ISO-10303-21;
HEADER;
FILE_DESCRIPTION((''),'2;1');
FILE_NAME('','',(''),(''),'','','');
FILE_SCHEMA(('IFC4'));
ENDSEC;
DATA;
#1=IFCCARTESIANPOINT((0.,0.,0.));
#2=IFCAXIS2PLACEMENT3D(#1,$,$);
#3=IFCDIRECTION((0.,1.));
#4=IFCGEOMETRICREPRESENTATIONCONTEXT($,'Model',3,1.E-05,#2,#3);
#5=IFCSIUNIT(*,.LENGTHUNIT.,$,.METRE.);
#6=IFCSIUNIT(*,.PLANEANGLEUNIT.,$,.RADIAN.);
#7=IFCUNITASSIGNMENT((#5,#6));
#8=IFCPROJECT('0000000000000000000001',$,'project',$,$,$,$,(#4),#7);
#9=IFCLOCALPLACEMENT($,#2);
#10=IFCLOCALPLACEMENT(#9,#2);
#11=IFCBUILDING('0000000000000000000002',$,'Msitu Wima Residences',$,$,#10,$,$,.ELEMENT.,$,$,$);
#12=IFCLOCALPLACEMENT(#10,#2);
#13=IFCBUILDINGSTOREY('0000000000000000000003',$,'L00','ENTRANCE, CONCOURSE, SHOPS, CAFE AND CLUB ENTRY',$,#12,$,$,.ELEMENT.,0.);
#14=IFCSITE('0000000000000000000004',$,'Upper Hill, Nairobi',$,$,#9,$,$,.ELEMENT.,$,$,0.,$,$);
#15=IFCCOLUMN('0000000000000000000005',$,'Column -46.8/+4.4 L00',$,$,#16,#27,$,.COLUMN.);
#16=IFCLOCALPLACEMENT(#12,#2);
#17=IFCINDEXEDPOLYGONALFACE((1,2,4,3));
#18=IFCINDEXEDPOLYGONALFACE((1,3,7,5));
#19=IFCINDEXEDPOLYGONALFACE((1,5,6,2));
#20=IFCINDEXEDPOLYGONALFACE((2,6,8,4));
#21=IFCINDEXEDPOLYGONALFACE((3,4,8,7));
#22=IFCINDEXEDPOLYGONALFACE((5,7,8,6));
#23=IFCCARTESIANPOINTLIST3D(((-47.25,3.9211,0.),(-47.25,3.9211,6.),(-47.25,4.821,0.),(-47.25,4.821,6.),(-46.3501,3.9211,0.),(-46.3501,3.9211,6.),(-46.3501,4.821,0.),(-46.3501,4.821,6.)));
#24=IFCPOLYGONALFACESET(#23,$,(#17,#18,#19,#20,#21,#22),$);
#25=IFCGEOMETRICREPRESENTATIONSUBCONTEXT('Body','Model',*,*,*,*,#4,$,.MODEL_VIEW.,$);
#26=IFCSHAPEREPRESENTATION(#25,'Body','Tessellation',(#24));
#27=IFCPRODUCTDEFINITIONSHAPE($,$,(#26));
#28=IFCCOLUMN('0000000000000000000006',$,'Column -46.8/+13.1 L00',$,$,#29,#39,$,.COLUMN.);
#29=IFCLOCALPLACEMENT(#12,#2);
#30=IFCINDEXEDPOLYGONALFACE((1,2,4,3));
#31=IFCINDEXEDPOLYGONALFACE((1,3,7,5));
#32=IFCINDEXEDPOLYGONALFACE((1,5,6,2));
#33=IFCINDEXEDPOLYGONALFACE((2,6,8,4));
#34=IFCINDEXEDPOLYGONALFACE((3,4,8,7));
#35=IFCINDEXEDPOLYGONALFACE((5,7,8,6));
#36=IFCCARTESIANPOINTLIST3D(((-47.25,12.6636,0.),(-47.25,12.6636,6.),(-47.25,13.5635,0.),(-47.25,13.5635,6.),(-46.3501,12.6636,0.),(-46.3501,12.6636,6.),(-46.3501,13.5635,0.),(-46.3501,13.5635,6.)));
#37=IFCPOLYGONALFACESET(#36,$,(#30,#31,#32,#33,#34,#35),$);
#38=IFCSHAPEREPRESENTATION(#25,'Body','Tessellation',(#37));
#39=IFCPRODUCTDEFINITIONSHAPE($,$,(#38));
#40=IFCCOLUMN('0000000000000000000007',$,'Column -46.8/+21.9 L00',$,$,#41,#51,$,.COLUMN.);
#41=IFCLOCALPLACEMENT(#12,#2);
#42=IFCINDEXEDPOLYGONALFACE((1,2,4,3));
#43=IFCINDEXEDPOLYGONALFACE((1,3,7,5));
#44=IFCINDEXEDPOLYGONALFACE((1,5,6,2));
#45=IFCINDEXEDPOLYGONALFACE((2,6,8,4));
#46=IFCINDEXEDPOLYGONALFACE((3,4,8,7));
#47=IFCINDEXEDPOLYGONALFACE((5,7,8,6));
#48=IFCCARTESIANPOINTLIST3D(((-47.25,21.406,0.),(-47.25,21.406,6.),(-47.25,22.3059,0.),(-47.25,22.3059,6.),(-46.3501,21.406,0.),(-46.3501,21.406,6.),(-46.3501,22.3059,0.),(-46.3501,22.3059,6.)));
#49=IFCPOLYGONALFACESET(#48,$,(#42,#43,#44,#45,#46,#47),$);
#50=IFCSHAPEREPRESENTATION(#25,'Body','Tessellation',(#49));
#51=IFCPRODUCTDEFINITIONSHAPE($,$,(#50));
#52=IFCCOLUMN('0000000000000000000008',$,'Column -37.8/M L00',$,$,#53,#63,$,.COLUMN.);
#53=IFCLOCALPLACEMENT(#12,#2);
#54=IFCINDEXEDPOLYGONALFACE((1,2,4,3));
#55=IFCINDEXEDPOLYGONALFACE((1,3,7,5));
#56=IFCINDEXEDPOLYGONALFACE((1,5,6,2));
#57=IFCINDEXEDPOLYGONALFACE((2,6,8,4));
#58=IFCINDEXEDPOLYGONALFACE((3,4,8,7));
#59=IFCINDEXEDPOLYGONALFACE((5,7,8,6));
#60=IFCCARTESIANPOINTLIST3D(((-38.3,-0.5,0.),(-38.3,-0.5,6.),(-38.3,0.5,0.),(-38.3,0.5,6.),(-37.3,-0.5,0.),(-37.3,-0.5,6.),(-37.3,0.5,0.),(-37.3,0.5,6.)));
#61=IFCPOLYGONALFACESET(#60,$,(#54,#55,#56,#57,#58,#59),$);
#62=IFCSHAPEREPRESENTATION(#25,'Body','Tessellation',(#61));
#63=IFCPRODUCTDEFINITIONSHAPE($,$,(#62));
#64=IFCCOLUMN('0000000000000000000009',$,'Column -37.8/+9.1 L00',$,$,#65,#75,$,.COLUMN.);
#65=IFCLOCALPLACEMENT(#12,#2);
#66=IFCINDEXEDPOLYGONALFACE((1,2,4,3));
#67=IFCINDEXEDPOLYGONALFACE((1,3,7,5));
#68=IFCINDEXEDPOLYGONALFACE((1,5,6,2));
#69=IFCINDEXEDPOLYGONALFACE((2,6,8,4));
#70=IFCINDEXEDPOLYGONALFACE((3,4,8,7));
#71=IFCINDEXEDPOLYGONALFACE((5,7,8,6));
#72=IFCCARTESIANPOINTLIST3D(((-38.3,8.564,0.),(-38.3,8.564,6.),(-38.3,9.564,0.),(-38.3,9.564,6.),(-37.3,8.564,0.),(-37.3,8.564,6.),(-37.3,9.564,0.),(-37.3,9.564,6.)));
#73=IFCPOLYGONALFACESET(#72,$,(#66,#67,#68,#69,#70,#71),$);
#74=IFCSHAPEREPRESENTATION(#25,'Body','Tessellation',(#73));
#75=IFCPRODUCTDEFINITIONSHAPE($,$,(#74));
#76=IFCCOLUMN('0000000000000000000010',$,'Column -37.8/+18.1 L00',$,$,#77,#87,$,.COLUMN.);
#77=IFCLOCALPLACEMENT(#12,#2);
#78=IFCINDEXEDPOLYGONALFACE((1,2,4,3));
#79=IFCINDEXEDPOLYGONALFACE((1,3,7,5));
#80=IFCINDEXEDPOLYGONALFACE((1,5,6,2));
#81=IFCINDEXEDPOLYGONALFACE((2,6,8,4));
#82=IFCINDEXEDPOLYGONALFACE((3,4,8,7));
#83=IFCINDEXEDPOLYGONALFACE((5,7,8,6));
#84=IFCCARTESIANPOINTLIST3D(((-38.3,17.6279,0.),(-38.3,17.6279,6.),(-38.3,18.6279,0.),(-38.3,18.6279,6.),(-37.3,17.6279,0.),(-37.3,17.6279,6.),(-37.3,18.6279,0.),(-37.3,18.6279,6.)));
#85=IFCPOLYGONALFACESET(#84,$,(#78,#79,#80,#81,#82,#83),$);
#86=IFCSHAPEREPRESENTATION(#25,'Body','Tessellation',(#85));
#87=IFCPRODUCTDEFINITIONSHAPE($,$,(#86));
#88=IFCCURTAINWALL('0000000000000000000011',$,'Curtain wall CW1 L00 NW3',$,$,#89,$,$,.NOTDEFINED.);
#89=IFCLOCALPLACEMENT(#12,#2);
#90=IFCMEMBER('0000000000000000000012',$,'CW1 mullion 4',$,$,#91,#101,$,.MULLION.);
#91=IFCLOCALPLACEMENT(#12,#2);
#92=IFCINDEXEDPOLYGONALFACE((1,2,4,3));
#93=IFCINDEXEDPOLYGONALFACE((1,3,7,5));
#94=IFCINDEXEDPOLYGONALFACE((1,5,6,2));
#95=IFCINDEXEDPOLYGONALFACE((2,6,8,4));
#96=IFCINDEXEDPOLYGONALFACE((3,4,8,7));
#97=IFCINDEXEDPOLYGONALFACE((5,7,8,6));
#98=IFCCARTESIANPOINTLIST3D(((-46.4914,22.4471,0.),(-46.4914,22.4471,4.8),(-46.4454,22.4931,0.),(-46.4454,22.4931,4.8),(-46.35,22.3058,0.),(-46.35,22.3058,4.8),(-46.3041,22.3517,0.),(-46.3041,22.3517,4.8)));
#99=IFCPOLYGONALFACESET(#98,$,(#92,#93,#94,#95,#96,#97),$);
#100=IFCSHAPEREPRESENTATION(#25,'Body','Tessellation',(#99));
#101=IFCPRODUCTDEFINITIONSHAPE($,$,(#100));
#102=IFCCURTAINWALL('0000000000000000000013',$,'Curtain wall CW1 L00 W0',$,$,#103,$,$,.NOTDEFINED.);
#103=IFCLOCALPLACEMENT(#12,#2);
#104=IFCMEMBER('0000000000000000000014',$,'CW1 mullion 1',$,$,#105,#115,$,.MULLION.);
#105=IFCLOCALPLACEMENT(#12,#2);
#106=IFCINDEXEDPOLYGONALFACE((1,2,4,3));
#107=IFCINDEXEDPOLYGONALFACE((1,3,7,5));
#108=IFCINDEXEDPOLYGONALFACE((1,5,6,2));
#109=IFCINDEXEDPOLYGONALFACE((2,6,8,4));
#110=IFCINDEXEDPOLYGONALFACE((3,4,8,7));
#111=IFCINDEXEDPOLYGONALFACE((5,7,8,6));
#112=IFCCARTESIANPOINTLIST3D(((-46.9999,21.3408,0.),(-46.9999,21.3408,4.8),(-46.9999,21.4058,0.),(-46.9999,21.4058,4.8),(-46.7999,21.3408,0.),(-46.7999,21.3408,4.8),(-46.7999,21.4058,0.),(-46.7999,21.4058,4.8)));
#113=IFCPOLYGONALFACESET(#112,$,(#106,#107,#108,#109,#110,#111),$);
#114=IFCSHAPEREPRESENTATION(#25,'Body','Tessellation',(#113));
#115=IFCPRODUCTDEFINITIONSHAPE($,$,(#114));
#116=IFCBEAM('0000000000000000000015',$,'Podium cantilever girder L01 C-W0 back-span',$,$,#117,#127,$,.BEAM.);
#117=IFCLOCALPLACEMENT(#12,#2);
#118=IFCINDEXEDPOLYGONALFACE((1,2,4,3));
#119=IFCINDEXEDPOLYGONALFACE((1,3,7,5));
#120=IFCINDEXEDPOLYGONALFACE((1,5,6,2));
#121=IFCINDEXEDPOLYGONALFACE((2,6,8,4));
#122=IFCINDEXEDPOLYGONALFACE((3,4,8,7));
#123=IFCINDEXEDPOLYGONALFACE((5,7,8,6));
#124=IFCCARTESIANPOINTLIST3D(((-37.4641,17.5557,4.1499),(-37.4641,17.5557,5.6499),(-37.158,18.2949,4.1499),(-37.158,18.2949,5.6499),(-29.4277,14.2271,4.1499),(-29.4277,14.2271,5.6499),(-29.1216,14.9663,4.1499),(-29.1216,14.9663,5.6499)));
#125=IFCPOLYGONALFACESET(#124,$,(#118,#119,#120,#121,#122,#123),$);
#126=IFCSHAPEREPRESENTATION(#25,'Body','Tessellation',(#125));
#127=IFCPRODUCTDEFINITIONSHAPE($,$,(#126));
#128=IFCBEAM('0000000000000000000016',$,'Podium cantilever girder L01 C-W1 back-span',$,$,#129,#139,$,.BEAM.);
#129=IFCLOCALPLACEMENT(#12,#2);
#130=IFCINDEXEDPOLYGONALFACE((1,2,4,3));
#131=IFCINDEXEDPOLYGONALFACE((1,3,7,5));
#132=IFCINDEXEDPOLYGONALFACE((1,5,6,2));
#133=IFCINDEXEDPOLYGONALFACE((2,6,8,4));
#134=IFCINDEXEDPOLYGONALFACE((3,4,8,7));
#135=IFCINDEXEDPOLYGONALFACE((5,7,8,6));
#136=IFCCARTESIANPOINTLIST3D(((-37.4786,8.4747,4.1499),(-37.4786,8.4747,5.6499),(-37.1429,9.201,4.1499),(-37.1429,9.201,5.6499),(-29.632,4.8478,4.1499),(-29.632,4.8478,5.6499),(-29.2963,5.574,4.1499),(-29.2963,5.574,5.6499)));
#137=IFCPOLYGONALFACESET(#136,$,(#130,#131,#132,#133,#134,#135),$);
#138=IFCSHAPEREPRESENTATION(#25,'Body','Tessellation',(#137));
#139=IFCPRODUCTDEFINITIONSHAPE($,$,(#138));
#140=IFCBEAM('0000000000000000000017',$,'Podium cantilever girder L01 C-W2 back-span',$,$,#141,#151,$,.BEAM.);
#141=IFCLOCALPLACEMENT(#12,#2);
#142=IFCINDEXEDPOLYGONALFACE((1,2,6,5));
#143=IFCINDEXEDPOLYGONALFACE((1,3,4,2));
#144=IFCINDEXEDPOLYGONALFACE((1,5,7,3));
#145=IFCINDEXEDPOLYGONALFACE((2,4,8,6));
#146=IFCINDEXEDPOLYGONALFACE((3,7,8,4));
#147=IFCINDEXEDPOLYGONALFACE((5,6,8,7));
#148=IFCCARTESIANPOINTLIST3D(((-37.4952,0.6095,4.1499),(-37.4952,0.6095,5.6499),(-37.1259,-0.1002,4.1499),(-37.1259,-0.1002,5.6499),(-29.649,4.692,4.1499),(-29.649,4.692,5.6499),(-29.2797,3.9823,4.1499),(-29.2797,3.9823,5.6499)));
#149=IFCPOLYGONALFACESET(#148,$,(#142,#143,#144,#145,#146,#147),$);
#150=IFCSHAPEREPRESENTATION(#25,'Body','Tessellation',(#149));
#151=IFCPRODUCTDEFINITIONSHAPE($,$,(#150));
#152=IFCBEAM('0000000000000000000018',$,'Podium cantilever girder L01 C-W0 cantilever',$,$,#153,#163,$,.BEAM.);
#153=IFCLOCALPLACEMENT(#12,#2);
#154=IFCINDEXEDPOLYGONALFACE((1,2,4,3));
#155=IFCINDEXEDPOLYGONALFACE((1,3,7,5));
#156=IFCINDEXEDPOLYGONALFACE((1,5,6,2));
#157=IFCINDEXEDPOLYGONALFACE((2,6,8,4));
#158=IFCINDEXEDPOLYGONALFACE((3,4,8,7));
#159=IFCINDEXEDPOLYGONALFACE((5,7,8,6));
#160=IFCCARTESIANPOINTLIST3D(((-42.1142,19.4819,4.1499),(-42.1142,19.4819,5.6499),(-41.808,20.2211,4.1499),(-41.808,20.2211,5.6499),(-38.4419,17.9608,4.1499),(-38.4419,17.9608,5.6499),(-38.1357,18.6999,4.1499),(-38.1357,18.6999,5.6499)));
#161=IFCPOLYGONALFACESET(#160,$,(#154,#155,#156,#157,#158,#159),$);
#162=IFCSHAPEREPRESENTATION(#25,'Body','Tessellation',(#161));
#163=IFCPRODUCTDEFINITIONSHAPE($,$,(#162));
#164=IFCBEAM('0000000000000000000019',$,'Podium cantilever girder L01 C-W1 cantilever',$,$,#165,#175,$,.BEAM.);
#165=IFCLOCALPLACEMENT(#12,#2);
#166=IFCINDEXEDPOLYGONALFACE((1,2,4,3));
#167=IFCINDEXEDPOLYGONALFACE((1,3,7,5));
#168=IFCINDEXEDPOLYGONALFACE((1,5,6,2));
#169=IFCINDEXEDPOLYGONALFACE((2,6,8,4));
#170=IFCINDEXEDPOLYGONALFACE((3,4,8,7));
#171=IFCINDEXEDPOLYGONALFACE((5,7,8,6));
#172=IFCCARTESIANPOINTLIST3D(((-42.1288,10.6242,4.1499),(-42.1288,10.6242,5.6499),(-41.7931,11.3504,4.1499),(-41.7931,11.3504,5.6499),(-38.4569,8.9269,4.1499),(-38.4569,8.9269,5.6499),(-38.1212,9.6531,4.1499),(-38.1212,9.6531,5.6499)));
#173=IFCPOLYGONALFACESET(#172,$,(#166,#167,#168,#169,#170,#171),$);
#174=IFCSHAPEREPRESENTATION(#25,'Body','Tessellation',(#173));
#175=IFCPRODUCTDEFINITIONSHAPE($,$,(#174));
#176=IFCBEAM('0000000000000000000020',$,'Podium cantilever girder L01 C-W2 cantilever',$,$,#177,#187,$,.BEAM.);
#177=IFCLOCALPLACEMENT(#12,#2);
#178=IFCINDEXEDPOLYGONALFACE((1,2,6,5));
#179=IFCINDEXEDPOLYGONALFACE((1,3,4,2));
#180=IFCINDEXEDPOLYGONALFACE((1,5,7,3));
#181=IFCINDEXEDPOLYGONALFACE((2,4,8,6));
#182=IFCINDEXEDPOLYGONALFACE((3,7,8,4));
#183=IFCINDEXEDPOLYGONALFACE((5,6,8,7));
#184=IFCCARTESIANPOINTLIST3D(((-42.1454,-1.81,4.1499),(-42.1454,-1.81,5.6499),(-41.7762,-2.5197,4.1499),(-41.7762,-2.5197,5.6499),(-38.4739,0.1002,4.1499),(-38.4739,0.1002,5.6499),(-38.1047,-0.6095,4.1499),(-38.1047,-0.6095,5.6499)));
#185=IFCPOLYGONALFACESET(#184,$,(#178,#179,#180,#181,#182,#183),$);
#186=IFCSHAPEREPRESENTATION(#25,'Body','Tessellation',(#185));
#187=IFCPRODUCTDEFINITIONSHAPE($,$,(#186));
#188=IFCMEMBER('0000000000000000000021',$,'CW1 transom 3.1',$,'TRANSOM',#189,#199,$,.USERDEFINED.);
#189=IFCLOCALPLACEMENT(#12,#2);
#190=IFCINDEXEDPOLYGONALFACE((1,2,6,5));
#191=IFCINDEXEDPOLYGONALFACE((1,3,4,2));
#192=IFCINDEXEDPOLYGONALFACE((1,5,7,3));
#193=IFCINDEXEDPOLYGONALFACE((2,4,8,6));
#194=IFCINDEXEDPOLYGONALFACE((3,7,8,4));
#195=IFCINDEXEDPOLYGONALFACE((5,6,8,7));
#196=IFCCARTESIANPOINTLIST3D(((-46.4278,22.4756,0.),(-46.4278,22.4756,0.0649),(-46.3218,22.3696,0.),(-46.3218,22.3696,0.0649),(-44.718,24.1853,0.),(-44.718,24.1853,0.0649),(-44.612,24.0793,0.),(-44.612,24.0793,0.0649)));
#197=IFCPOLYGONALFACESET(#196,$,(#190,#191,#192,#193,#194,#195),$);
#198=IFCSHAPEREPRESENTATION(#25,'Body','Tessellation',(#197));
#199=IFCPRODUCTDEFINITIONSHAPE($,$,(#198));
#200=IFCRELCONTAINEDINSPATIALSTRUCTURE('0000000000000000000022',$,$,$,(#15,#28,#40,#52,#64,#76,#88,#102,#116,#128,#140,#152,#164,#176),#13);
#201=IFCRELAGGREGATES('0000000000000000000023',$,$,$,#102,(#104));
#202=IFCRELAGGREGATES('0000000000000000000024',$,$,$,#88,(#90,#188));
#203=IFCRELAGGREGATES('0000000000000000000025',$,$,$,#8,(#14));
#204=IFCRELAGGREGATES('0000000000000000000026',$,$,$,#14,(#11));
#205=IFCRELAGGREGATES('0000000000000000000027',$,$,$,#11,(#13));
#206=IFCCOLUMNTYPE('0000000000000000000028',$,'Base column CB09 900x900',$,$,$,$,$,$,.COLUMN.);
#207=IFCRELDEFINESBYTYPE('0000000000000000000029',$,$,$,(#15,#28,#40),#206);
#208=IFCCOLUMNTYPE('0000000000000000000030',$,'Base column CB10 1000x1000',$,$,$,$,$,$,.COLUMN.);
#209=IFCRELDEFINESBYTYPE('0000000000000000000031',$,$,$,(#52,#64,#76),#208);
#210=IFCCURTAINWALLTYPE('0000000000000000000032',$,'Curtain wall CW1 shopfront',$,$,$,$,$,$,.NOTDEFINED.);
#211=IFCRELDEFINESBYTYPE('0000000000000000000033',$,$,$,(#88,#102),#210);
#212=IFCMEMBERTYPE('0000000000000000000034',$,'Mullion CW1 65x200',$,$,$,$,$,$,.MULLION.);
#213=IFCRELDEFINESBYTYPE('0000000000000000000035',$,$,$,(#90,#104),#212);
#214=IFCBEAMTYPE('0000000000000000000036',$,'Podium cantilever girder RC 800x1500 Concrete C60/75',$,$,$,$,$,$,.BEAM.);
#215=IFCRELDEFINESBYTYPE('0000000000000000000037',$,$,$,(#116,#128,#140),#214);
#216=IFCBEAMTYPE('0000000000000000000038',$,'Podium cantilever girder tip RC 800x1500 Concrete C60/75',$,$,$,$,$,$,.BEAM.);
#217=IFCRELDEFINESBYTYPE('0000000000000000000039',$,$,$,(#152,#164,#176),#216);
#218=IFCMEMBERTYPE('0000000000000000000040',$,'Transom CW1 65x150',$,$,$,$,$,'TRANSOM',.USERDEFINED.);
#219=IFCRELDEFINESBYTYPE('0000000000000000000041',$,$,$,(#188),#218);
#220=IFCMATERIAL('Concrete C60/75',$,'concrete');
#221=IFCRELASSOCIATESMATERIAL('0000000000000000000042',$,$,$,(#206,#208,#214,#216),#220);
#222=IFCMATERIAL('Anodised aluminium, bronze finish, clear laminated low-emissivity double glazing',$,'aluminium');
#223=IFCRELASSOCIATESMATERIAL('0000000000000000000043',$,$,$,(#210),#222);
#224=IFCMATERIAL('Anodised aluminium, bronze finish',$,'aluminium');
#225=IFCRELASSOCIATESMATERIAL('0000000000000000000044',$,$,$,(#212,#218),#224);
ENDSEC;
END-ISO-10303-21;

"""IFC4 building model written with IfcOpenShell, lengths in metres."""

from ifc_helpers import new_model, si_unit, direction, frame, origin, origin_2d, place, context, subcontext, project, spatial, rectangle, extrude, material, material_profile, profile_set, type_object, element, aggregate, save


model = new_model("IFC4")

# Units and contexts
model_context = context("Model", 3, precision=1e-05, world=origin(), true_north=direction((0.0, 1.0)))
body_context = subcontext(model_context, "Body", "Model", "MODEL_VIEW")
ifc_project = project(units=[si_unit("LENGTHUNIT", "METRE"), si_unit("PLANEANGLEUNIT", "RADIAN")], contexts=[model_context])

# Site, building, storey
site_placement = place(None, origin())
site = spatial("IfcSite", under=ifc_project, at=site_placement, Name="Upper Hill, Nairobi", CompositionType="ELEMENT", RefElevation=0.0)
building_placement = place(site_placement, origin())
building = spatial("IfcBuilding", under=site, at=building_placement, Name="Msitu Wima Residences", CompositionType="ELEMENT")
storey_placement = place(building_placement, origin())
storey = spatial("IfcBuildingStorey", under=building, at=storey_placement, Name="L00", Description="ENTRANCE, CONCOURSE, SHOPS, CAFE AND CLUB ENTRY", CompositionType="ELEMENT", Elevation=0.0)

# Columns
ifc_material_1 = material(Name="Concrete C60/75", Category="concrete")
ifc_material_profile_1 = material_profile(ifc_material_1, rectangle(XDim=0.8999, YDim=0.8999, at=origin_2d()), Name="RC 900x900")
ifc_profile_set_1 = profile_set([ifc_material_profile_1], Name="Concrete C60/75")
column_type_1 = type_object("IfcColumnType", Name="Base column CB09 900x900", PredefinedType="COLUMN", material=ifc_profile_set_1)
for number, where, z_axis, x_axis, name in (
    (1, (-46.8, 4.3711, 0.0), (0.0, 0.0, 1.0), (1.0, 0.0, 0.0), "Column -46.8/+4.4 L00"),
    (2, (-46.8, 13.1135, 0.0), (0.0, 0.0, 1.0), (1.0, 0.0, 0.0), "Column -46.8/+13.1 L00"),
    (3, (-46.8, 21.856, 0.0), (0.0, 0.0, 1.0), (1.0, 0.0, 0.0), "Column -46.8/+21.9 L00"),
):
    element("IfcColumn", number, at=place(storey_placement, frame(where, z_axis=z_axis, x_axis=x_axis)), inside=storey, type_object=column_type_1, Name=name, PredefinedType="COLUMN", context=body_context, shape_type="SweptSolid", body=[
        extrude(rectangle(XDim=0.8999, YDim=0.8999, at=origin_2d()), origin(), (0.0, 0.0, 1.0), 6.0),
    ])
ifc_material_profile_2 = material_profile(ifc_material_1, rectangle(XDim=1.0, YDim=1.0, at=origin_2d()), Name="RC 1000x1000")
ifc_profile_set_2 = profile_set([ifc_material_profile_2], Name="Concrete C60/75")
column_type_2 = type_object("IfcColumnType", Name="Base column CB10 1000x1000", PredefinedType="COLUMN", material=ifc_profile_set_2)
for number, where, z_axis, x_axis, name in (
    (4, (-37.8, 0.0, 0.0), (0.0, 0.0, 1.0), (1.0, 0.0, 0.0), "Column -37.8/M L00"),
    (5, (-37.8, 9.064, 0.0), (0.0, 0.0, 1.0), (1.0, 0.0, 0.0), "Column -37.8/+9.1 L00"),
    (6, (-37.8, 18.1279, 0.0), (0.0, 0.0, 1.0), (1.0, 0.0, 0.0), "Column -37.8/+18.1 L00"),
):
    element("IfcColumn", number, at=place(storey_placement, frame(where, z_axis=z_axis, x_axis=x_axis)), inside=storey, type_object=column_type_2, Name=name, PredefinedType="COLUMN", context=body_context, shape_type="SweptSolid", body=[
        extrude(rectangle(XDim=1.0, YDim=1.0, at=origin_2d()), origin(), (0.0, 0.0, 1.0), 6.0),
    ])

# Curtain walls, members
ifc_material_2 = material(Name="Anodised aluminium, bronze finish, clear laminated low-emissivity double glazing", Category="aluminium")
curtain_wall_type = type_object("IfcCurtainWallType", Name="Curtain wall CW1 shopfront", PredefinedType="NOTDEFINED", material=ifc_material_2)
curtain_wall_1_placement = place(storey_placement, origin())
curtain_wall_1 = element("IfcCurtainWall", 7, at=curtain_wall_1_placement, inside=storey, type_object=curtain_wall_type, Name="Curtain wall CW1 L00 NW3", PredefinedType="NOTDEFINED")
ifc_material_3 = material(Name="Anodised aluminium, bronze finish", Category="aluminium")
ifc_material_profile_3 = material_profile(ifc_material_3, rectangle(XDim=0.2, YDim=0.0649, at=origin_2d()), Name="Mullion 65x200")
ifc_profile_set_3 = profile_set([ifc_material_profile_3], Name="Anodised aluminium, bronze finish")
member_type_1 = type_object("IfcMemberType", Name="Mullion CW1 65x200", PredefinedType="MULLION", material=ifc_profile_set_3)
member_1_placement = place(storey_placement, frame((-46.3977, 22.3994, 0.0), z_axis=(0.0, 0.0, 1.0), x_axis=(0.707107, -0.707107, 0.0)))
member_1 = element("IfcMember", 8, at=member_1_placement, type_object=member_type_1, Name="CW1 mullion 4", PredefinedType="MULLION", context=body_context, shape_type="SweptSolid", body=[
    extrude(rectangle(XDim=0.2, YDim=0.0649, at=origin_2d()), origin(), (0.0, 0.0, 1.0), 4.8),
])
curtain_wall_2_placement = place(storey_placement, origin())
curtain_wall_2 = element("IfcCurtainWall", 9, at=curtain_wall_2_placement, inside=storey, type_object=curtain_wall_type, Name="Curtain wall CW1 L00 W0", PredefinedType="NOTDEFINED")
member_2_placement = place(storey_placement, frame((-46.8999, 21.3733, 0.0), z_axis=(0.0, 0.0, 1.0), x_axis=(1.0, 0.0, 0.0)))
member_2 = element("IfcMember", 10, at=member_2_placement, type_object=member_type_1, Name="CW1 mullion 1", PredefinedType="MULLION", context=body_context, shape_type="SweptSolid", body=[
    extrude(rectangle(XDim=0.2, YDim=0.0649, at=origin_2d()), origin(), (0.0, 0.0, 1.0), 4.8),
])

# Beams
ifc_material_profile_4 = material_profile(ifc_material_1, rectangle(XDim=0.8, YDim=1.5, at=origin_2d()), Name="RC 800x1500")
ifc_profile_set_4 = profile_set([ifc_material_profile_4], Name="Concrete C60/75")
beam_type_1 = type_object("IfcBeamType", Name="Podium cantilever girder RC 800x1500 Concrete C60/75", PredefinedType="BEAM", material=ifc_profile_set_4)
beam_1_placement = place(storey_placement, frame((-29.2747, 14.5967, 4.8999), z_axis=(-0.923886, 0.382667, 0.0), x_axis=(-0.382667, -0.923886, 0.0)))
element("IfcBeam", 11, at=beam_1_placement, inside=storey, type_object=beam_type_1, Name="Podium cantilever girder L01 C-W0 back-span", PredefinedType="BEAM", context=body_context, shape_type="SweptSolid", body=[
    extrude(rectangle(XDim=0.8, YDim=1.5, at=origin_2d()), origin(), (0.0, 0.0, 1.0), 8.6985),
])
beam_2_placement = place(storey_placement, frame((-29.4641, 5.2109, 4.8999), z_axis=(-0.907721, 0.419574, 0.0), x_axis=(-0.419574, -0.907721, 0.0)))
element("IfcBeam", 12, at=beam_2_placement, inside=storey, type_object=beam_type_1, Name="Podium cantilever girder L01 C-W1 back-span", PredefinedType="BEAM", context=body_context, shape_type="SweptSolid", body=[
    extrude(rectangle(XDim=0.8, YDim=1.5, at=origin_2d()), origin(), (0.0, 0.0, 1.0), 8.6443),
])
beam_3_placement = place(storey_placement, frame((-29.4644, 4.3372, 4.8999), z_axis=(-0.887101, -0.461575, 0.0), x_axis=(0.461575, -0.887101, 0.0)))
element("IfcBeam", 13, at=beam_3_placement, inside=storey, type_object=beam_type_1, Name="Podium cantilever girder L01 C-W2 back-span", PredefinedType="BEAM", context=body_context, shape_type="SweptSolid", body=[
    extrude(rectangle(XDim=0.8, YDim=1.5, at=origin_2d()), origin(), (0.0, 0.0, 1.0), 8.8447),
])
ifc_material_profile_5 = material_profile(ifc_material_1, rectangle(XDim=0.8, YDim=1.5, at=origin_2d()), Name="RC 800x1500")
ifc_profile_set_5 = profile_set([ifc_material_profile_5], Name="Concrete C60/75")
beam_type_2 = type_object("IfcBeamType", Name="Podium cantilever girder tip RC 800x1500 Concrete C60/75", PredefinedType="BEAM", material=ifc_profile_set_5)
beam_4_placement = place(storey_placement, frame((-38.2888, 18.3303, 4.8999), z_axis=(-0.923871, 0.382704, 0.0), x_axis=(-0.382704, -0.923871, 0.0)))
element("IfcBeam", 14, at=beam_4_placement, inside=storey, type_object=beam_type_2, Name="Podium cantilever girder L01 C-W0 cantilever", PredefinedType="BEAM", context=body_context, shape_type="SweptSolid", body=[
    extrude(rectangle(XDim=0.8, YDim=1.5, at=origin_2d()), origin(), (0.0, 0.0, 1.0), 3.9749),
])
beam_5_placement = place(storey_placement, frame((-38.2891, 9.29, 4.8999), z_axis=(-0.907719, 0.419579, 0.0), x_axis=(-0.419579, -0.907719, 0.0)))
element("IfcBeam", 15, at=beam_5_placement, inside=storey, type_object=beam_type_2, Name="Podium cantilever girder L01 C-W1 cantilever", PredefinedType="BEAM", context=body_context, shape_type="SweptSolid", body=[
    extrude(rectangle(XDim=0.8, YDim=1.5, at=origin_2d()), origin(), (0.0, 0.0, 1.0), 4.0452),
])
beam_6_placement = place(storey_placement, frame((-38.2893, -0.2546, 4.8999), z_axis=(-0.887114, -0.46155, 0.0), x_axis=(0.46155, -0.887114, 0.0)))
element("IfcBeam", 16, at=beam_6_placement, inside=storey, type_object=beam_type_2, Name="Podium cantilever girder L01 C-W2 cantilever", PredefinedType="BEAM", context=body_context, shape_type="SweptSolid", body=[
    extrude(rectangle(XDim=0.8, YDim=1.5, at=origin_2d()), origin(), (0.0, 0.0, 1.0), 4.1387),
])

# Member
ifc_material_profile_6 = material_profile(ifc_material_3, rectangle(XDim=0.1499, YDim=0.0649, at=origin_2d()), Name="Transom 65x150")
ifc_profile_set_6 = profile_set([ifc_material_profile_6], Name="Anodised aluminium, bronze finish")
member_type_2 = type_object("IfcMemberType", Name="Transom CW1 65x150", ElementType="TRANSOM", PredefinedType="USERDEFINED", material=ifc_profile_set_6)
member_3_placement = place(storey_placement, frame((-44.665, 24.1323, 0.0325), z_axis=(-0.707107, -0.707107, 0.0), x_axis=(0.707107, -0.707107, 0.0)))
member_3 = element("IfcMember", 17, at=member_3_placement, type_object=member_type_2, Name="CW1 transom 3.1", ObjectType="TRANSOM", PredefinedType="USERDEFINED", context=body_context, shape_type="SweptSolid", body=[
    extrude(rectangle(XDim=0.1499, YDim=0.0649, at=origin_2d()), origin(), (0.0, 0.0, 1.0), 2.418),
])
aggregate(curtain_wall_2, [member_2])

aggregate(curtain_wall_1, [member_1, member_3])

save(model, "model.ifc")
